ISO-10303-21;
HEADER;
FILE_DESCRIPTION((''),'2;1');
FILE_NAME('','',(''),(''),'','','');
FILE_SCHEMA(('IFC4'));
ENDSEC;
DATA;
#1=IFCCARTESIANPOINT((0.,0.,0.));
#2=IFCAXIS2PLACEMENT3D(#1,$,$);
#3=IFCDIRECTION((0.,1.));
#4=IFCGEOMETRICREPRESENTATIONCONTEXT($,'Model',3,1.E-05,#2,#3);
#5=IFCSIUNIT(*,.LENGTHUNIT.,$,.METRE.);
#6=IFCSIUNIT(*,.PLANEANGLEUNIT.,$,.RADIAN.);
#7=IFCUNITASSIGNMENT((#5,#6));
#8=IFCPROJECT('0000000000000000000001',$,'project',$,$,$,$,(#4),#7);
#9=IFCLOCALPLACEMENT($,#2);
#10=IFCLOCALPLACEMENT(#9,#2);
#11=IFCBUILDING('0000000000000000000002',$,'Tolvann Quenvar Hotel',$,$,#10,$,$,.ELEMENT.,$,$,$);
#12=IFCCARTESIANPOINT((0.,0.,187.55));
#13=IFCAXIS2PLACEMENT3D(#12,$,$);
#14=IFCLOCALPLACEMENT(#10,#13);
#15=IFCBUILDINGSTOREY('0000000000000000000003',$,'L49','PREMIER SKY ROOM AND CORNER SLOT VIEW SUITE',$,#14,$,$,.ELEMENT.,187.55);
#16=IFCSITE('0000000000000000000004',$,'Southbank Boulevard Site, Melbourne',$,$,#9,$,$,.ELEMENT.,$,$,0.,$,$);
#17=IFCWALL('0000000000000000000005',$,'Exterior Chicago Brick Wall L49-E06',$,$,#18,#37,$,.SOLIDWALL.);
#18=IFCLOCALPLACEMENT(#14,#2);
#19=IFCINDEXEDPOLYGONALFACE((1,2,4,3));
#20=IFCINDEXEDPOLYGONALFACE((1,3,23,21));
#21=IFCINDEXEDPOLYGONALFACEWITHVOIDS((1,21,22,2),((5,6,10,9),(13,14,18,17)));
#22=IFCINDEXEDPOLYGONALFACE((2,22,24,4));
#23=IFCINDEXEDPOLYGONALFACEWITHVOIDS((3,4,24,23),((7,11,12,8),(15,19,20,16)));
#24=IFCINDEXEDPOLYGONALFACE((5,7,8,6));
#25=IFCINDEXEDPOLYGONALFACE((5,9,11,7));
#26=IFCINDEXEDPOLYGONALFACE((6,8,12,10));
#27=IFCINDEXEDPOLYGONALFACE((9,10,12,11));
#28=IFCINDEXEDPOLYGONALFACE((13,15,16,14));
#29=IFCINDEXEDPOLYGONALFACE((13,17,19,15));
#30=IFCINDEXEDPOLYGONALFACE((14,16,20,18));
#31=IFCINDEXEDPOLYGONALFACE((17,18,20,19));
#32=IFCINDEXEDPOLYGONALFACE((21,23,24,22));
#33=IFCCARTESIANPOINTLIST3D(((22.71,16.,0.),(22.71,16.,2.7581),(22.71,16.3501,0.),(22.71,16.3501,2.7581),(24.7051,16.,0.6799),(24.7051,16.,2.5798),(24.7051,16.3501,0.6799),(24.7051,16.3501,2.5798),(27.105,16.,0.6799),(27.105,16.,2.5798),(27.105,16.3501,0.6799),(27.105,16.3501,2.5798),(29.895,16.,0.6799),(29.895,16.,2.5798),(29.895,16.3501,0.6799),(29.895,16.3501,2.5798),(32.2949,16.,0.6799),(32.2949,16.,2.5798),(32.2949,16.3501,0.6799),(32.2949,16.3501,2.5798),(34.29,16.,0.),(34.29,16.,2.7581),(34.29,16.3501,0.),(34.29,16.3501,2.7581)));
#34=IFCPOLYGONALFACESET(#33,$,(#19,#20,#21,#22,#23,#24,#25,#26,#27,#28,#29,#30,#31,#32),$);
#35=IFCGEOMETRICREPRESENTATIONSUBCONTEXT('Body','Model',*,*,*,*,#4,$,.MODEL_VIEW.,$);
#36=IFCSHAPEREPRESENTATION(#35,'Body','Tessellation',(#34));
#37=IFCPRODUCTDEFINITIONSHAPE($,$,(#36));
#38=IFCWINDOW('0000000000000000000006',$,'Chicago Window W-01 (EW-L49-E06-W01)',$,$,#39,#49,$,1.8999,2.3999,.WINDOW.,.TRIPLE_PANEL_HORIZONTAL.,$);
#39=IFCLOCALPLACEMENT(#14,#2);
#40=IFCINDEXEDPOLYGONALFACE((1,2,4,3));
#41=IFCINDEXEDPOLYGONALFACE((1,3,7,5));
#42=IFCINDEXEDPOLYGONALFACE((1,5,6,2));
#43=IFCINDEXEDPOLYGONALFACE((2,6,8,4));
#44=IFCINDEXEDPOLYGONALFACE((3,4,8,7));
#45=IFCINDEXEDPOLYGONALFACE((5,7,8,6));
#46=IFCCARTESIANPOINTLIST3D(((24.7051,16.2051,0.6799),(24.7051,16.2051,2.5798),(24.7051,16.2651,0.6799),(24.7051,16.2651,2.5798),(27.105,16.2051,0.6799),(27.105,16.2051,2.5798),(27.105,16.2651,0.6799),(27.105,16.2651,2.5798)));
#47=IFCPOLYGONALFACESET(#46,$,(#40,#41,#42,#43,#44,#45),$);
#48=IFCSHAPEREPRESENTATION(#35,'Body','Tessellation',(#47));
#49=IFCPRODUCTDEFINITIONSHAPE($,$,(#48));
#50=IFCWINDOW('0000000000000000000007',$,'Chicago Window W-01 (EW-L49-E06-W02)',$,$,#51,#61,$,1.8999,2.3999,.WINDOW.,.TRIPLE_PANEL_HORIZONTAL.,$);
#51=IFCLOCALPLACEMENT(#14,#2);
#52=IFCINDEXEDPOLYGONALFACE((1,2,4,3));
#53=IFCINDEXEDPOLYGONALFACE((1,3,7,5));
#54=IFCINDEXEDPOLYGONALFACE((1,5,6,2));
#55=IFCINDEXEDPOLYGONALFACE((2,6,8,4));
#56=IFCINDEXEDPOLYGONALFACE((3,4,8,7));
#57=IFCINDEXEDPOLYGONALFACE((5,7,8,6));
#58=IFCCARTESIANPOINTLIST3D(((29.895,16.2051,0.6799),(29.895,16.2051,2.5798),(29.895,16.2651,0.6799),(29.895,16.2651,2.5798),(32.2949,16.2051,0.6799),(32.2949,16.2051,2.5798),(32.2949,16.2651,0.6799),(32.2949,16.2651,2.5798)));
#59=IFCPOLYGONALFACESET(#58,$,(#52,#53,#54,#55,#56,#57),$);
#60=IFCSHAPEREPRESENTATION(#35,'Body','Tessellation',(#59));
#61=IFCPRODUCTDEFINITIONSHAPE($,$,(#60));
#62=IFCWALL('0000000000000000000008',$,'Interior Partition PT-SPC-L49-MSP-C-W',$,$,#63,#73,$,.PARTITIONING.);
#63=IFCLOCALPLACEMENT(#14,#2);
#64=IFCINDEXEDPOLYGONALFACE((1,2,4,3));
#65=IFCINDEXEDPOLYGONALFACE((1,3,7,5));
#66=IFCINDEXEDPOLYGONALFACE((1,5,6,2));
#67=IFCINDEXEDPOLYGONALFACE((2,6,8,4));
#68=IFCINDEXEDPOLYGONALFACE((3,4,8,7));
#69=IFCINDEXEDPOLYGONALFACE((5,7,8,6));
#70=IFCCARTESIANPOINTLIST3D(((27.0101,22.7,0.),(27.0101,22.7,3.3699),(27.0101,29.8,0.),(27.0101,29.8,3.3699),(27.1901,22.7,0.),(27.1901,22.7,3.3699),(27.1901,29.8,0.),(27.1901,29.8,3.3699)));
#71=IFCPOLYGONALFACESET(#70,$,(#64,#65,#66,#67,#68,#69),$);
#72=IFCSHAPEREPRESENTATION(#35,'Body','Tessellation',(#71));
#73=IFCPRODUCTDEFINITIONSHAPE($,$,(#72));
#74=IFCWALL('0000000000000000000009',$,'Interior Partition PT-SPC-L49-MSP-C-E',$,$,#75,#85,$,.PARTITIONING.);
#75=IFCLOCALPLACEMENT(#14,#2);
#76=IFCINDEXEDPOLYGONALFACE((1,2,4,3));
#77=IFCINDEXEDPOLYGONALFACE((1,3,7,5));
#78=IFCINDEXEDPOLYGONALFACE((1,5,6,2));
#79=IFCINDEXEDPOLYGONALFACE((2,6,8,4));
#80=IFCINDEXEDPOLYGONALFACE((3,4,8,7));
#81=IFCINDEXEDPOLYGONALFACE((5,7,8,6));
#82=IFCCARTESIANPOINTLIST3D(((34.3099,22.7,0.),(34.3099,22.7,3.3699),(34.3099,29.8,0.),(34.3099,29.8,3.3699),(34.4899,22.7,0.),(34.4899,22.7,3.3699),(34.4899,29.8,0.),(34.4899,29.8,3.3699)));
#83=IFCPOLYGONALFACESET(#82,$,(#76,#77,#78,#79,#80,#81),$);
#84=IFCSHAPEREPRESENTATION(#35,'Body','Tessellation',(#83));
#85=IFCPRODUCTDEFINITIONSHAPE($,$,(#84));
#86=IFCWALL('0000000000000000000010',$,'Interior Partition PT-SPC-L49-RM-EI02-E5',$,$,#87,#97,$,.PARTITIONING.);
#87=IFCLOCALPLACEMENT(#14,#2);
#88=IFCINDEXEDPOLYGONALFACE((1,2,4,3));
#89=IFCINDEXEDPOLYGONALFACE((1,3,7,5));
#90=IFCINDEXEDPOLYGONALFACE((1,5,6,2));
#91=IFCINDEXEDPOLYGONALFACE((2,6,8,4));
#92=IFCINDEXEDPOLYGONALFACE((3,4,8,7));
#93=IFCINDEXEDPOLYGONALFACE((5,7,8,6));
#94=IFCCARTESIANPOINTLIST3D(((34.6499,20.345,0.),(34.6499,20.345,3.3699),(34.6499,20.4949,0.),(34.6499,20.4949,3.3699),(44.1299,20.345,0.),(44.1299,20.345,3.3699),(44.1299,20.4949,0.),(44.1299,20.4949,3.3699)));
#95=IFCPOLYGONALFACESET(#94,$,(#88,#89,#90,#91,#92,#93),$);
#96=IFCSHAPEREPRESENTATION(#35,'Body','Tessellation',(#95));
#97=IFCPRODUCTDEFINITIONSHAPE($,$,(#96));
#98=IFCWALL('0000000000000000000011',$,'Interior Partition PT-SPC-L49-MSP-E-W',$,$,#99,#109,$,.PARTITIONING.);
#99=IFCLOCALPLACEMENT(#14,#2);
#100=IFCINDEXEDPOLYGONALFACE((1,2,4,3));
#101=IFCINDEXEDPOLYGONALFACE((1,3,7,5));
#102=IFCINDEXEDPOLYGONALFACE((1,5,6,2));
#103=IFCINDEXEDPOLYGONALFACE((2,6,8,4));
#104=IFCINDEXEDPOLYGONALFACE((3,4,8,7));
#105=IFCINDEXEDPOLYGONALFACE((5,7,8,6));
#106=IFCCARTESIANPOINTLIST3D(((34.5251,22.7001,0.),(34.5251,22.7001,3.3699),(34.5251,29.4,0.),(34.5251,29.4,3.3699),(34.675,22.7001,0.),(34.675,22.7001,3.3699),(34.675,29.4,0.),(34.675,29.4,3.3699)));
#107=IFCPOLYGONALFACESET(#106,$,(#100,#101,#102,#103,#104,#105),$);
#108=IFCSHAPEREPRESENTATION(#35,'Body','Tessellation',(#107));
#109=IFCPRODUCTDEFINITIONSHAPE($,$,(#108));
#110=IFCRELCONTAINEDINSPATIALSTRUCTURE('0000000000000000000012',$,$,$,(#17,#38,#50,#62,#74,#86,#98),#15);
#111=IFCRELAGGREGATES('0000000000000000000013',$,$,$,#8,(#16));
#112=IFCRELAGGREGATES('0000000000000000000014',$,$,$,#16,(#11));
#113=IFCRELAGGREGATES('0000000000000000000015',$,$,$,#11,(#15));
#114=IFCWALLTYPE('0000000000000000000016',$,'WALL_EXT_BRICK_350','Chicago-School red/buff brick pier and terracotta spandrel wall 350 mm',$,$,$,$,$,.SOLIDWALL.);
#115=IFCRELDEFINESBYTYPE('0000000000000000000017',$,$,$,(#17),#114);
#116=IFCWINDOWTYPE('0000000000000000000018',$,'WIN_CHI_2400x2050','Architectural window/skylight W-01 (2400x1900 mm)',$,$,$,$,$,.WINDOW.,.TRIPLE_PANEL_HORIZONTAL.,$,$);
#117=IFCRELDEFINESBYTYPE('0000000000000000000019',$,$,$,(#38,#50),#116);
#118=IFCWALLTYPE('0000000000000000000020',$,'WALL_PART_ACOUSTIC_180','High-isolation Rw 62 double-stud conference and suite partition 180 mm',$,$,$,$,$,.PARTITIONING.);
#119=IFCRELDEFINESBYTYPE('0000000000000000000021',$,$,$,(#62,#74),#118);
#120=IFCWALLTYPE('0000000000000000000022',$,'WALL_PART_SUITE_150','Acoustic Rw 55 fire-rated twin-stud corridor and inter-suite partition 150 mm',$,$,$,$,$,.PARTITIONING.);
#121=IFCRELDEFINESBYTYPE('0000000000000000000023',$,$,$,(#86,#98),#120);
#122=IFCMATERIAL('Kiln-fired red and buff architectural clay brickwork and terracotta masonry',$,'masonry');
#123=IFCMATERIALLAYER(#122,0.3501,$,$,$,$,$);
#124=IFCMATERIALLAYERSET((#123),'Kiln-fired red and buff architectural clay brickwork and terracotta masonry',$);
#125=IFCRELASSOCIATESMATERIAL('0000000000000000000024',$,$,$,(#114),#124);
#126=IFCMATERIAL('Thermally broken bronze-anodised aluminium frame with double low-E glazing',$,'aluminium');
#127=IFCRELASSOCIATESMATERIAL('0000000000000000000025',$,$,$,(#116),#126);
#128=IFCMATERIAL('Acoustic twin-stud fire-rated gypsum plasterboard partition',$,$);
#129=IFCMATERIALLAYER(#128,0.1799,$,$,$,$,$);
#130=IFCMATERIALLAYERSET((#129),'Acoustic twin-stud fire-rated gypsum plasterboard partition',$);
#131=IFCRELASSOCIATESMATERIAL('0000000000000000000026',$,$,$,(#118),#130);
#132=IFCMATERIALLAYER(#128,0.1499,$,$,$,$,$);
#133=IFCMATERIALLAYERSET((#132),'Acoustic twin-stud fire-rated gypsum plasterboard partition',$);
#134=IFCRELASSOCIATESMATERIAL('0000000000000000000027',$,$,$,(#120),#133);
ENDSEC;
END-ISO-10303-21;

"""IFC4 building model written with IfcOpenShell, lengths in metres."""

from ifc_helpers import new_model, si_unit, direction, frame, frame_2d, origin, place, context, subcontext, project, spatial, rectangle, extrude, source, transform, mapped, material, layer, layer_set, type_object, type_shapes, element, fill, save


model = new_model("IFC4")

# Units and contexts
model_context = context("Model", 3, precision=1e-05, world=origin(), true_north=direction((0.0, 1.0)))
body_context = subcontext(model_context, "Body", "Model", "MODEL_VIEW")
ifc_project = project(units=[si_unit("LENGTHUNIT", "METRE"), si_unit("PLANEANGLEUNIT", "RADIAN")], contexts=[model_context])

# Site, building, storey
site_placement = place(None, origin())
site = spatial("IfcSite", under=ifc_project, at=site_placement, Name="Southbank Boulevard Site, Melbourne", CompositionType="ELEMENT", RefElevation=0.0)
building_placement = place(site_placement, origin())
building = spatial("IfcBuilding", under=site, at=building_placement, Name="Tolvann Quenvar Hotel", CompositionType="ELEMENT")
storey_placement = place(building_placement, frame((0.0, 0.0, 187.55)))
storey = spatial("IfcBuildingStorey", under=building, at=storey_placement, Name="L49", Description="PREMIER SKY ROOM AND CORNER SLOT VIEW SUITE", CompositionType="ELEMENT", Elevation=187.55)

# Wall, openings, windows
ifc_material_1 = material(Name="Kiln-fired red and buff architectural clay brickwork and terracotta masonry", Category="masonry")
ifc_layer_1 = layer(ifc_material_1, 0.3501)
ifc_layer_set_1 = layer_set([ifc_layer_1], Name="Kiln-fired red and buff architectural clay brickwork and terracotta masonry")
wall_type_1 = type_object("IfcWallType", Name="WALL_EXT_BRICK_350", Description="Chicago-School red/buff brick pier and terracotta spandrel wall 350 mm", PredefinedType="SOLIDWALL", material=ifc_layer_set_1)
wall_1_placement = place(storey_placement, frame((22.71, 16.175, 0.0), z_axis=(0.0, 0.0, 1.0), x_axis=(1.0, 0.0, 0.0)))
wall_1 = element("IfcWall", 1, at=wall_1_placement, inside=storey, type_object=wall_type_1, Name="Exterior Chicago Brick Wall L49-E06", PredefinedType="SOLIDWALL", context=body_context, shape_type="SweptSolid", body=[
    extrude(rectangle(XDim=11.5801, YDim=0.3501, at=frame_2d((5.79, 0.0))), origin(), (0.0, 0.0, 1.0), 2.7581),
])
opening_1_placement = place(wall_1_placement, frame((1.9951, 0.0, 0.6799)))
opening_1 = element("IfcOpeningElement", 2, at=opening_1_placement, cuts=wall_1, PredefinedType="OPENING", context=body_context, shape_type="SweptSolid", body=[
    extrude(rectangle(XDim=2.3999, YDim=1.8999, at=frame_2d((1.2, 0.95))), frame((0.0, 0.1851, 0.0), z_axis=(0.0, -1.0, 0.0), x_axis=(1.0, 0.0, 0.0)), (0.0, 0.0, 1.0), 0.3701),
])
opening_2_placement = place(wall_1_placement, frame((7.1851, 0.0, 0.6799)))
opening_2 = element("IfcOpeningElement", 3, at=opening_2_placement, cuts=wall_1, PredefinedType="OPENING", context=body_context, shape_type="SweptSolid", body=[
    extrude(rectangle(XDim=2.3999, YDim=1.8999, at=frame_2d((1.2, 0.95))), frame((0.0, 0.1851, 0.0), z_axis=(0.0, -1.0, 0.0), x_axis=(1.0, 0.0, 0.0)), (0.0, 0.0, 1.0), 0.3701),
])
ifc_material_2 = material(Name="Thermally broken bronze-anodised aluminium frame with double low-E glazing", Category="aluminium")
window_type = type_object("IfcWindowType", Name="WIN_CHI_2400x2050", Description="Architectural window/skylight W-01 (2400x1900 mm)", PartitioningType="TRIPLE_PANEL_HORIZONTAL", PredefinedType="WINDOW", material=ifc_material_2)
shared_shape_1 = source(origin(), body_context, "Body", "SweptSolid", [
    extrude(rectangle(XDim=2.3999, YDim=1.8999, at=frame_2d((1.2, 0.95))), frame((0.0, 0.0901, 0.0), z_axis=(0.0, -1.0, 0.0), x_axis=(1.0, 0.0, 0.0)), (0.0, 0.0, 1.0), 0.0601),
])
type_shapes(window_type, [shared_shape_1])
window_1_placement = place(opening_1_placement, origin())
window_1 = element("IfcWindow", 4, at=window_1_placement, inside=storey, type_object=window_type, Name="Chicago Window W-01 (EW-L49-E06-W01)", OverallHeight=1.8999, OverallWidth=2.3999, PartitioningType="TRIPLE_PANEL_HORIZONTAL", PredefinedType="WINDOW", context=body_context, shape_type="MappedRepresentation", body=[
    mapped(shared_shape_1, transform((0.0, 0.0, 0.0), x_axis=(1.0, 0.0, 0.0), y_axis=(0.0, 1.0, 0.0), z_axis=(0.0, 0.0, 1.0), scale=1.0)),
])
fill(opening_1, window_1)
window_2_placement = place(opening_2_placement, origin())
window_2 = element("IfcWindow", 5, at=window_2_placement, inside=storey, type_object=window_type, Name="Chicago Window W-01 (EW-L49-E06-W02)", OverallHeight=1.8999, OverallWidth=2.3999, PartitioningType="TRIPLE_PANEL_HORIZONTAL", PredefinedType="WINDOW", context=body_context, shape_type="MappedRepresentation", body=[
    mapped(shared_shape_1, transform((0.0, 0.0, 0.0), x_axis=(1.0, 0.0, 0.0), y_axis=(0.0, 1.0, 0.0), z_axis=(0.0, 0.0, 1.0), scale=1.0)),
])
fill(opening_2, window_2)

# Shared definitions
ifc_material_3 = material(Name="Acoustic twin-stud fire-rated gypsum plasterboard partition")
ifc_layer_2 = layer(ifc_material_3, 0.1799)
ifc_layer_set_2 = layer_set([ifc_layer_2], Name="Acoustic twin-stud fire-rated gypsum plasterboard partition")
wall_type_2 = type_object("IfcWallType", Name="WALL_PART_ACOUSTIC_180", Description="High-isolation Rw 62 double-stud conference and suite partition 180 mm", PredefinedType="PARTITIONING", material=ifc_layer_set_2)

# Walls
for number, where, z_axis, x_axis, name in (
    (6, (27.1001, 22.7, 0.0), (0.0, 0.0, 1.0), (0.0, 1.0, 0.0), "Interior Partition PT-SPC-L49-MSP-C-W"),
    (7, (34.3999, 22.7, 0.0), (0.0, 0.0, 1.0), (0.0, 1.0, 0.0), "Interior Partition PT-SPC-L49-MSP-C-E"),
):
    element("IfcWall", number, at=place(storey_placement, frame(where, z_axis=z_axis, x_axis=x_axis)), inside=storey, type_object=wall_type_2, Name=name, PredefinedType="PARTITIONING", context=body_context, shape_type="SweptSolid", body=[
        extrude(rectangle(XDim=7.1001, YDim=0.1799, at=frame_2d((3.55, 0.0))), origin(), (0.0, 0.0, 1.0), 3.3699),
    ])
ifc_layer_3 = layer(ifc_material_3, 0.1499)
ifc_layer_set_3 = layer_set([ifc_layer_3], Name="Acoustic twin-stud fire-rated gypsum plasterboard partition")
wall_type_3 = type_object("IfcWallType", Name="WALL_PART_SUITE_150", Description="Acoustic Rw 55 fire-rated twin-stud corridor and inter-suite partition 150 mm", PredefinedType="PARTITIONING", material=ifc_layer_set_3)
wall_2_placement = place(storey_placement, frame((34.6499, 20.4199, 0.0), z_axis=(0.0, 0.0, 1.0), x_axis=(1.0, 0.0, 0.0)))
element("IfcWall", 8, at=wall_2_placement, inside=storey, type_object=wall_type_3, Name="Interior Partition PT-SPC-L49-RM-EI02-E5", PredefinedType="PARTITIONING", context=body_context, shape_type="SweptSolid", body=[
    extrude(rectangle(XDim=9.48, YDim=0.1499, at=frame_2d((4.74, 0.0))), origin(), (0.0, 0.0, 1.0), 3.3699),
])

# Wall
wall_3_placement = place(storey_placement, frame((34.6001, 22.7, 0.0), z_axis=(0.0, 0.0, 1.0), x_axis=(0.0, 1.0, 0.0)))
element("IfcWall", 9, at=wall_3_placement, inside=storey, type_object=wall_type_3, Name="Interior Partition PT-SPC-L49-MSP-E-W", PredefinedType="PARTITIONING", context=body_context, shape_type="SweptSolid", body=[
    extrude(rectangle(XDim=6.7, YDim=0.1499, at=frame_2d((3.3501, 0.0))), origin(), (0.0, 0.0, 1.0), 3.3699),
])

save(model, "model.ifc")
